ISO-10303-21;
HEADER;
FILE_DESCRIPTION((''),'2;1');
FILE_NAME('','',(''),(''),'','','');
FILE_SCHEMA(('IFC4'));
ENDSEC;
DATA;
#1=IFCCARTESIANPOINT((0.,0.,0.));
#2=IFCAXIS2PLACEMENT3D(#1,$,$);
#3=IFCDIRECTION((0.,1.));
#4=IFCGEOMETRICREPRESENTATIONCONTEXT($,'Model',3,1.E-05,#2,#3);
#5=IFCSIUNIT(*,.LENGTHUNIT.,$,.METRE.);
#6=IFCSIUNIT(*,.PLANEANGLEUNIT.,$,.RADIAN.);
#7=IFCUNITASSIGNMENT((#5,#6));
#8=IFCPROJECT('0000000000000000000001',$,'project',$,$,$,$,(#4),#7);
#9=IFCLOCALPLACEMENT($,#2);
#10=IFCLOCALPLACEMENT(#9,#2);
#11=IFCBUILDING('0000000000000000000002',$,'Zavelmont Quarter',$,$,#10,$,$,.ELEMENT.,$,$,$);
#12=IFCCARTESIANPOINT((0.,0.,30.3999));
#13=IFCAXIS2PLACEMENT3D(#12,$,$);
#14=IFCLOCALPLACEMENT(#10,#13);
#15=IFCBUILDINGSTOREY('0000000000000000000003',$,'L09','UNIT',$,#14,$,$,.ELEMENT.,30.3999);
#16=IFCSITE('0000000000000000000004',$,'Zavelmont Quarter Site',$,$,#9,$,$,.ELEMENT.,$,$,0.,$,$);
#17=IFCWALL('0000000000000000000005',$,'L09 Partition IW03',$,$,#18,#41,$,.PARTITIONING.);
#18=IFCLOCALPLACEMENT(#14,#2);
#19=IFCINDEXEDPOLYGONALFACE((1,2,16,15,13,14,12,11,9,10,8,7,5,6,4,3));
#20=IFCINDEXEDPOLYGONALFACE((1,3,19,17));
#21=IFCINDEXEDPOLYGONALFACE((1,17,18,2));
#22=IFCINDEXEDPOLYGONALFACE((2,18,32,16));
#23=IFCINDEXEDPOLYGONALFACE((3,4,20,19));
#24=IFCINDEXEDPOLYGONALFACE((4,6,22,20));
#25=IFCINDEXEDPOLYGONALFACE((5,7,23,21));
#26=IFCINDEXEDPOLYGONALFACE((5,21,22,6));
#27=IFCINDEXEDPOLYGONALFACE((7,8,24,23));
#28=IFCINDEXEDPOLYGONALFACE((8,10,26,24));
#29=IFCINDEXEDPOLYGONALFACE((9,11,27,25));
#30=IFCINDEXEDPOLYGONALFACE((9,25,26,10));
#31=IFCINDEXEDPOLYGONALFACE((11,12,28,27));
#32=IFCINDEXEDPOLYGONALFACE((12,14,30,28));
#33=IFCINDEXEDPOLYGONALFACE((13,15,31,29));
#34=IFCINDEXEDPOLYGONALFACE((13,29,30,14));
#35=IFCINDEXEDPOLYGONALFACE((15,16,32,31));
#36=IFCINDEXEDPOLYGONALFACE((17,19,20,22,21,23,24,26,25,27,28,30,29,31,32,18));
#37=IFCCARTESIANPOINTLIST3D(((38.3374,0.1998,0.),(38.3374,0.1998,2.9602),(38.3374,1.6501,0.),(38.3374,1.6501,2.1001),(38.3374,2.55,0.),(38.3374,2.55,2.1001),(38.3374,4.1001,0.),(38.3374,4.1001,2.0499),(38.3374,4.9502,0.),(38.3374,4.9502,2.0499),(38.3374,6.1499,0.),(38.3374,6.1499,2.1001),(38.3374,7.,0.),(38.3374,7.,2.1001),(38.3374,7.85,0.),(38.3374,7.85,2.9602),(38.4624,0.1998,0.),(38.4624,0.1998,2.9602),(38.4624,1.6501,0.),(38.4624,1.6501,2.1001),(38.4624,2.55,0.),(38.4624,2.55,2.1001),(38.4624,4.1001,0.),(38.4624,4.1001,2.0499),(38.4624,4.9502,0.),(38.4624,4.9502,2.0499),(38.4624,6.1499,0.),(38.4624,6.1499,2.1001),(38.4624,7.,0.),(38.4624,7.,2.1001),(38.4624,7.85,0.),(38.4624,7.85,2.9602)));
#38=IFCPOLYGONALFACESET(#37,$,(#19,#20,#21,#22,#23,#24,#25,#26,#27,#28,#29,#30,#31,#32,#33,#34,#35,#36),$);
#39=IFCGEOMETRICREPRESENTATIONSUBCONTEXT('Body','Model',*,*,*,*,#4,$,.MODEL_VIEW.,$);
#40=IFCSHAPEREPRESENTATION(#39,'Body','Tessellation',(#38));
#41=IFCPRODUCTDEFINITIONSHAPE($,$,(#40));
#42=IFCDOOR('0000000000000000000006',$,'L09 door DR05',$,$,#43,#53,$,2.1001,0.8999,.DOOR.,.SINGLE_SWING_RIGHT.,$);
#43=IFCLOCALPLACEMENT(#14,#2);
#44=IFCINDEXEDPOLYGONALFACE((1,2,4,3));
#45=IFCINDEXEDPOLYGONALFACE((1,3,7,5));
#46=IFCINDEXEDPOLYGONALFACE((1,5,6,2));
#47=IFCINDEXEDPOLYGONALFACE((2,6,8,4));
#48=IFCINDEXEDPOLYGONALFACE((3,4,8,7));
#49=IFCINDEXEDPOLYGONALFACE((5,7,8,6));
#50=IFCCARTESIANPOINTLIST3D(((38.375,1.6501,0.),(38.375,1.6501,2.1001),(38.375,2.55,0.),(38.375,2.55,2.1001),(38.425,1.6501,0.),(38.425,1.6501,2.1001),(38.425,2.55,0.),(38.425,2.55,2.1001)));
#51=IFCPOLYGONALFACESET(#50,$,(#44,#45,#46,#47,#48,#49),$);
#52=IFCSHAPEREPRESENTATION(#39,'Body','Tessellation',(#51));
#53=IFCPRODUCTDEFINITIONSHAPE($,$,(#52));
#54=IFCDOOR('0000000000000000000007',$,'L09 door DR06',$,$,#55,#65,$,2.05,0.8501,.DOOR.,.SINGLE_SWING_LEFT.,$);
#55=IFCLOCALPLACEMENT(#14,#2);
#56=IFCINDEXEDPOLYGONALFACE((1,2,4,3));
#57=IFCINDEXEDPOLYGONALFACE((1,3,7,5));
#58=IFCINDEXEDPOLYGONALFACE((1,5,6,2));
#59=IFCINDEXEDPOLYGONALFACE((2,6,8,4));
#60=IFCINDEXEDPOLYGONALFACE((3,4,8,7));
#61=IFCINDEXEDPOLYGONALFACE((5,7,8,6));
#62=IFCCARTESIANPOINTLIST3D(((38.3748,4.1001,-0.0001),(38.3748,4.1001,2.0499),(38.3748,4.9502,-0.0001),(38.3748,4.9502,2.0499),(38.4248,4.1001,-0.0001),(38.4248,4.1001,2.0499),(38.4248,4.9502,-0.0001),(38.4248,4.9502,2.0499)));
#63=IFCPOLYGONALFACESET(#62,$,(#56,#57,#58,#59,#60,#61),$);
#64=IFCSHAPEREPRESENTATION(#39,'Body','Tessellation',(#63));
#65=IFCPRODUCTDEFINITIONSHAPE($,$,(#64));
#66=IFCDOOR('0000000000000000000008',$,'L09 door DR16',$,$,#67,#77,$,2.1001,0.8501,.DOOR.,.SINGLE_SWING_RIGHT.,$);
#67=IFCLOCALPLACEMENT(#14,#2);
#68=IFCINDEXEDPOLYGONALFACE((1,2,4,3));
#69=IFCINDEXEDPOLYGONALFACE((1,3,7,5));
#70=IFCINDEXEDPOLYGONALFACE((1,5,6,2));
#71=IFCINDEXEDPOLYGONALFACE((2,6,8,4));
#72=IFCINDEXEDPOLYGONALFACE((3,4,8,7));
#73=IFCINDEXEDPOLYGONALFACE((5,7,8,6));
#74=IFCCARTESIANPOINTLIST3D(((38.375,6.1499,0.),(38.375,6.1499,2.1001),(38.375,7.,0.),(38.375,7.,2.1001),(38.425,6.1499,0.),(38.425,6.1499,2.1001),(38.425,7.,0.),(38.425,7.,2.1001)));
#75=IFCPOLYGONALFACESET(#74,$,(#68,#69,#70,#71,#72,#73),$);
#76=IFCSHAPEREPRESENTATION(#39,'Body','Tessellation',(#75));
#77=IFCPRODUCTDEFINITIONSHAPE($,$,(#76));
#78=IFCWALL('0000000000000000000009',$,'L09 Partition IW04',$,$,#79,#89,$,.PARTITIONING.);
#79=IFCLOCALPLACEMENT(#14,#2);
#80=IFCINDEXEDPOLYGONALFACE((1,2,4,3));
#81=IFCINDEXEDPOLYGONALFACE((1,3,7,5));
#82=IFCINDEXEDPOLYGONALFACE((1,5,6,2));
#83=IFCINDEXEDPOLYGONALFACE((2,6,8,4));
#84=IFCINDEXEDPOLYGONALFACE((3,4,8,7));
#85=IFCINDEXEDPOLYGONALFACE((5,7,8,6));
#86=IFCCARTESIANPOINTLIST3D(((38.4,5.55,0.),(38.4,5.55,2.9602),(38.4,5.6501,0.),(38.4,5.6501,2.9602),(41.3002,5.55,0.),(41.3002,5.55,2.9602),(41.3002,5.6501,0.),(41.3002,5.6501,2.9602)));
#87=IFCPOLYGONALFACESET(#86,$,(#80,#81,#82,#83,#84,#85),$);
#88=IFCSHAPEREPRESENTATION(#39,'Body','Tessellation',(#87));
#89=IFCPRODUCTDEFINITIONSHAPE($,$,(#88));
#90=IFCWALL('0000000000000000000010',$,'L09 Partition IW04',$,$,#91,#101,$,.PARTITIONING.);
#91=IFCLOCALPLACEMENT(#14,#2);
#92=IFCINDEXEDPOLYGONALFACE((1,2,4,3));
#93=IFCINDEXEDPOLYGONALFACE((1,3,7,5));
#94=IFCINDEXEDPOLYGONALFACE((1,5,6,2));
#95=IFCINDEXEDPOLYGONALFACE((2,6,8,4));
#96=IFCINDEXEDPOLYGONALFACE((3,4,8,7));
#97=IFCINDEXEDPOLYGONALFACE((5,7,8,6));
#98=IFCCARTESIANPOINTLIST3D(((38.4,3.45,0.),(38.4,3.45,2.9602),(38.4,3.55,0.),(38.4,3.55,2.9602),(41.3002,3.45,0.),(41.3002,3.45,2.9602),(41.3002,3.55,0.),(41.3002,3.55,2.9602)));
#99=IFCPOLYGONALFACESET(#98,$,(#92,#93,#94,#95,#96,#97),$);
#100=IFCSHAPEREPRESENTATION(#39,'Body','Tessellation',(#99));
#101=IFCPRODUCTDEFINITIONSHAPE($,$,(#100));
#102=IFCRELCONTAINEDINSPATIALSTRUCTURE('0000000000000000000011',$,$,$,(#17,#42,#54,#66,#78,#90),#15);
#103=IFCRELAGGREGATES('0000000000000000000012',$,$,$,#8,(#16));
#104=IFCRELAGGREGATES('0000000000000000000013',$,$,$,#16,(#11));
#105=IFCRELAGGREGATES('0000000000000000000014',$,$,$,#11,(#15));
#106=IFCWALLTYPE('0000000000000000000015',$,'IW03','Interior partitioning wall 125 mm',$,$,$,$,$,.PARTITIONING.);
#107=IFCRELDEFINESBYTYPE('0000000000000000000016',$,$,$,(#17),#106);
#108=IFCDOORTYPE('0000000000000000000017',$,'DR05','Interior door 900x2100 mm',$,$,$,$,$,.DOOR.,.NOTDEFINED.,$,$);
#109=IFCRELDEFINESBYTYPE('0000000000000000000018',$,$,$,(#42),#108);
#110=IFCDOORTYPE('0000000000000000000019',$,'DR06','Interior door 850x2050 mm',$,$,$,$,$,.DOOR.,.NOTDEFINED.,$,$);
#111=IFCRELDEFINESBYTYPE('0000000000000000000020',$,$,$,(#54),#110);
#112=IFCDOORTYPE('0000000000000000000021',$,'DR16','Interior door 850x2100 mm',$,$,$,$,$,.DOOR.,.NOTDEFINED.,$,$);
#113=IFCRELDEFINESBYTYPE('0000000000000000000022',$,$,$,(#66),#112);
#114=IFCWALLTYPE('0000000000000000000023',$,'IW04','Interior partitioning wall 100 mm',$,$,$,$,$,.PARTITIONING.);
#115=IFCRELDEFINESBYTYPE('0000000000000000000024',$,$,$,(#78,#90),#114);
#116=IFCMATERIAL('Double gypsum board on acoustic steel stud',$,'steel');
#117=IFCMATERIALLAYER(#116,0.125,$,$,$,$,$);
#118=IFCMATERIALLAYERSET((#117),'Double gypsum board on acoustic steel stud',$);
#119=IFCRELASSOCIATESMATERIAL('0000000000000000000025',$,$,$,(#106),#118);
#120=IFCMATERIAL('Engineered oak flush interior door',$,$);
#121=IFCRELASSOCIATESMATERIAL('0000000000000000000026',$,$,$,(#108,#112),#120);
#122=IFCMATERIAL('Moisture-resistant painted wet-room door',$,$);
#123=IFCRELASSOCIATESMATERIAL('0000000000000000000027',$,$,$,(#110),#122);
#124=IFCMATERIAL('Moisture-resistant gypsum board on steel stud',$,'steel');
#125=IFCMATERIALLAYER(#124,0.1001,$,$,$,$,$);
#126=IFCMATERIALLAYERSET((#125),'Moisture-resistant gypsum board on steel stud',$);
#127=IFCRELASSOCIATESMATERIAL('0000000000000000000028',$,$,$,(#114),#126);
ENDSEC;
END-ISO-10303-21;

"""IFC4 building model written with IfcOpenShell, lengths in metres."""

from ifc_helpers import new_model, si_unit, direction, frame, frame_2d, origin, origin_with_axes, place, context, subcontext, project, spatial, rectangle, extrude, material, layer, layer_set, type_object, element, fill, save


model = new_model("IFC4")

# Units and contexts
model_context = context("Model", 3, precision=1e-05, world=origin(), true_north=direction((0.0, 1.0)))
body_context = subcontext(model_context, "Body", "Model", "MODEL_VIEW")
ifc_project = project(units=[si_unit("LENGTHUNIT", "METRE"), si_unit("PLANEANGLEUNIT", "RADIAN")], contexts=[model_context])

# Site, building, storey
site_placement = place(None, origin())
site = spatial("IfcSite", under=ifc_project, at=site_placement, Name="Zavelmont Quarter Site", CompositionType="ELEMENT", RefElevation=0.0)
building_placement = place(site_placement, origin())
building = spatial("IfcBuilding", under=site, at=building_placement, Name="Zavelmont Quarter", CompositionType="ELEMENT")
storey_placement = place(building_placement, frame((0.0, 0.0, 30.3999)))
storey = spatial("IfcBuildingStorey", under=building, at=storey_placement, Name="L09", Description="UNIT", CompositionType="ELEMENT", Elevation=30.3999)

# Wall, openings, doors
ifc_material_1 = material(Name="Double gypsum board on acoustic steel stud", Category="steel")
ifc_layer_1 = layer(ifc_material_1, 0.125)
ifc_layer_set_1 = layer_set([ifc_layer_1], Name="Double gypsum board on acoustic steel stud")
wall_type_1 = type_object("IfcWallType", Name="IW03", Description="Interior partitioning wall 125 mm", PredefinedType="PARTITIONING", material=ifc_layer_set_1)
wall_1_placement = place(storey_placement, frame((38.3999, 7.8501, 0.0), z_axis=(0.0, 0.0, 1.0), x_axis=(0.0, -1.0, 0.0)))
wall_1 = element("IfcWall", 1, at=wall_1_placement, inside=storey, type_object=wall_type_1, Name="L09 Partition IW03", PredefinedType="PARTITIONING", context=body_context, shape_type="SweptSolid", body=[
    extrude(rectangle(XDim=7.6501, YDim=0.125, at=frame_2d((3.8252, 0.0))), origin(), (0.0, 0.0, 1.0), 2.9602),
])
opening_1_placement = place(wall_1_placement, frame((0.8501, 0.0, 0.0)))
opening_1 = element("IfcOpeningElement", 2, at=opening_1_placement, cuts=wall_1, PredefinedType="OPENING", context=body_context, shape_type="SweptSolid", body=[
    extrude(rectangle(XDim=0.8501, YDim=2.1001, at=frame_2d((0.425, 1.05))), frame((0.0, 0.0745, 0.0), z_axis=(0.0, -1.0, 0.0), x_axis=(1.0, 0.0, 0.0)), (0.0, 0.0, 1.0), 0.1489),
])
opening_2_placement = place(wall_1_placement, frame((2.8999, 0.0, 0.0)))
opening_2 = element("IfcOpeningElement", 3, at=opening_2_placement, cuts=wall_1, PredefinedType="OPENING", context=body_context, shape_type="SweptSolid", body=[
    extrude(rectangle(XDim=0.8501, YDim=2.05, at=frame_2d((0.425, 1.0249))), frame((0.0, 0.0745, 0.0), z_axis=(0.0, -1.0, 0.0), x_axis=(1.0, 0.0, 0.0)), (0.0, 0.0, 1.0), 0.1489),
])
opening_3_placement = place(wall_1_placement, frame((5.3, 0.0, 0.0)))
opening_3 = element("IfcOpeningElement", 4, at=opening_3_placement, cuts=wall_1, PredefinedType="OPENING", context=body_context, shape_type="SweptSolid", body=[
    extrude(rectangle(XDim=0.8999, YDim=2.1001, at=frame_2d((0.45, 1.05))), frame((0.0, 0.0745, 0.0), z_axis=(0.0, -1.0, 0.0), x_axis=(1.0, 0.0, 0.0)), (0.0, 0.0, 1.0), 0.1489),
])
ifc_material_2 = material(Name="Engineered oak flush interior door")
door_type_1 = type_object("IfcDoorType", Name="DR05", Description="Interior door 900x2100 mm", OperationType="NOTDEFINED", PredefinedType="DOOR", material=ifc_material_2)
door_1_placement = place(opening_3_placement, frame((0.8999, 0.0, 0.0), z_axis=(0.0, 0.0, 1.0), x_axis=(-1.0, 0.0, 0.0)))
door_1 = element("IfcDoor", 5, at=door_1_placement, inside=storey, type_object=door_type_1, Name="L09 door DR05", OperationType="SINGLE_SWING_RIGHT", OverallHeight=2.1001, OverallWidth=0.8999, PredefinedType="DOOR", context=body_context, shape_type="SweptSolid", body=[
    extrude(rectangle(XDim=0.8999, YDim=2.1001, at=frame_2d((0.45, 1.05))), frame((0.0, 0.0249, 0.0), z_axis=(0.0, -1.0, 0.0), x_axis=(1.0, 0.0, 0.0)), (0.0, 0.0, 1.0), 0.05),
])
fill(opening_3, door_1)
ifc_material_3 = material(Name="Moisture-resistant painted wet-room door")
door_type_2 = type_object("IfcDoorType", Name="DR06", Description="Interior door 850x2050 mm", OperationType="NOTDEFINED", PredefinedType="DOOR", material=ifc_material_3)
door_2_placement = place(opening_2_placement, origin_with_axes())
door_2 = element("IfcDoor", 6, at=door_2_placement, inside=storey, type_object=door_type_2, Name="L09 door DR06", OperationType="SINGLE_SWING_LEFT", OverallHeight=2.05, OverallWidth=0.8501, PredefinedType="DOOR", context=body_context, shape_type="SweptSolid", body=[
    extrude(rectangle(XDim=0.8501, YDim=2.05, at=frame_2d((0.425, 1.0249))), frame((0.0, 0.0249, 0.0), z_axis=(0.0, -1.0, 0.0), x_axis=(1.0, 0.0, 0.0)), (0.0, 0.0, 1.0), 0.05),
])
fill(opening_2, door_2)
door_type_3 = type_object("IfcDoorType", Name="DR16", Description="Interior door 850x2100 mm", OperationType="NOTDEFINED", PredefinedType="DOOR", material=ifc_material_2)
door_3_placement = place(opening_1_placement, frame((0.8501, 0.0, 0.0), z_axis=(0.0, 0.0, 1.0), x_axis=(-1.0, 0.0, 0.0)))
door_3 = element("IfcDoor", 7, at=door_3_placement, inside=storey, type_object=door_type_3, Name="L09 door DR16", OperationType="SINGLE_SWING_RIGHT", OverallHeight=2.1001, OverallWidth=0.8501, PredefinedType="DOOR", context=body_context, shape_type="SweptSolid", body=[
    extrude(rectangle(XDim=0.8501, YDim=2.1001, at=frame_2d((0.425, 1.05))), frame((0.0, 0.0249, 0.0), z_axis=(0.0, -1.0, 0.0), x_axis=(1.0, 0.0, 0.0)), (0.0, 0.0, 1.0), 0.05),
])
fill(opening_1, door_3)

# Walls
ifc_material_4 = material(Name="Moisture-resistant gypsum board on steel stud", Category="steel")
ifc_layer_2 = layer(ifc_material_4, 0.1001)
ifc_layer_set_2 = layer_set([ifc_layer_2], Name="Moisture-resistant gypsum board on steel stud")
wall_type_2 = type_object("IfcWallType", Name="IW04", Description="Interior partitioning wall 100 mm", PredefinedType="PARTITIONING", material=ifc_layer_set_2)
for number, where, z_axis, x_axis, name in (
    (8, (38.3999, 5.6001, 0.0), (0.0, 0.0, 1.0), (1.0, 0.0, 0.0), "L09 Partition IW04"),
    (9, (38.3999, 3.5, 0.0), (0.0, 0.0, 1.0), (1.0, 0.0, 0.0), "L09 Partition IW04"),
):
    element("IfcWall", number, at=place(storey_placement, frame(where, z_axis=z_axis, x_axis=x_axis)), inside=storey, type_object=wall_type_2, Name=name, PredefinedType="PARTITIONING", context=body_context, shape_type="SweptSolid", body=[
        extrude(rectangle(XDim=2.9001, YDim=0.1001, at=frame_2d((1.4502, 0.0))), origin(), (0.0, 0.0, 1.0), 2.9602),
    ])

save(model, "model.ifc")
